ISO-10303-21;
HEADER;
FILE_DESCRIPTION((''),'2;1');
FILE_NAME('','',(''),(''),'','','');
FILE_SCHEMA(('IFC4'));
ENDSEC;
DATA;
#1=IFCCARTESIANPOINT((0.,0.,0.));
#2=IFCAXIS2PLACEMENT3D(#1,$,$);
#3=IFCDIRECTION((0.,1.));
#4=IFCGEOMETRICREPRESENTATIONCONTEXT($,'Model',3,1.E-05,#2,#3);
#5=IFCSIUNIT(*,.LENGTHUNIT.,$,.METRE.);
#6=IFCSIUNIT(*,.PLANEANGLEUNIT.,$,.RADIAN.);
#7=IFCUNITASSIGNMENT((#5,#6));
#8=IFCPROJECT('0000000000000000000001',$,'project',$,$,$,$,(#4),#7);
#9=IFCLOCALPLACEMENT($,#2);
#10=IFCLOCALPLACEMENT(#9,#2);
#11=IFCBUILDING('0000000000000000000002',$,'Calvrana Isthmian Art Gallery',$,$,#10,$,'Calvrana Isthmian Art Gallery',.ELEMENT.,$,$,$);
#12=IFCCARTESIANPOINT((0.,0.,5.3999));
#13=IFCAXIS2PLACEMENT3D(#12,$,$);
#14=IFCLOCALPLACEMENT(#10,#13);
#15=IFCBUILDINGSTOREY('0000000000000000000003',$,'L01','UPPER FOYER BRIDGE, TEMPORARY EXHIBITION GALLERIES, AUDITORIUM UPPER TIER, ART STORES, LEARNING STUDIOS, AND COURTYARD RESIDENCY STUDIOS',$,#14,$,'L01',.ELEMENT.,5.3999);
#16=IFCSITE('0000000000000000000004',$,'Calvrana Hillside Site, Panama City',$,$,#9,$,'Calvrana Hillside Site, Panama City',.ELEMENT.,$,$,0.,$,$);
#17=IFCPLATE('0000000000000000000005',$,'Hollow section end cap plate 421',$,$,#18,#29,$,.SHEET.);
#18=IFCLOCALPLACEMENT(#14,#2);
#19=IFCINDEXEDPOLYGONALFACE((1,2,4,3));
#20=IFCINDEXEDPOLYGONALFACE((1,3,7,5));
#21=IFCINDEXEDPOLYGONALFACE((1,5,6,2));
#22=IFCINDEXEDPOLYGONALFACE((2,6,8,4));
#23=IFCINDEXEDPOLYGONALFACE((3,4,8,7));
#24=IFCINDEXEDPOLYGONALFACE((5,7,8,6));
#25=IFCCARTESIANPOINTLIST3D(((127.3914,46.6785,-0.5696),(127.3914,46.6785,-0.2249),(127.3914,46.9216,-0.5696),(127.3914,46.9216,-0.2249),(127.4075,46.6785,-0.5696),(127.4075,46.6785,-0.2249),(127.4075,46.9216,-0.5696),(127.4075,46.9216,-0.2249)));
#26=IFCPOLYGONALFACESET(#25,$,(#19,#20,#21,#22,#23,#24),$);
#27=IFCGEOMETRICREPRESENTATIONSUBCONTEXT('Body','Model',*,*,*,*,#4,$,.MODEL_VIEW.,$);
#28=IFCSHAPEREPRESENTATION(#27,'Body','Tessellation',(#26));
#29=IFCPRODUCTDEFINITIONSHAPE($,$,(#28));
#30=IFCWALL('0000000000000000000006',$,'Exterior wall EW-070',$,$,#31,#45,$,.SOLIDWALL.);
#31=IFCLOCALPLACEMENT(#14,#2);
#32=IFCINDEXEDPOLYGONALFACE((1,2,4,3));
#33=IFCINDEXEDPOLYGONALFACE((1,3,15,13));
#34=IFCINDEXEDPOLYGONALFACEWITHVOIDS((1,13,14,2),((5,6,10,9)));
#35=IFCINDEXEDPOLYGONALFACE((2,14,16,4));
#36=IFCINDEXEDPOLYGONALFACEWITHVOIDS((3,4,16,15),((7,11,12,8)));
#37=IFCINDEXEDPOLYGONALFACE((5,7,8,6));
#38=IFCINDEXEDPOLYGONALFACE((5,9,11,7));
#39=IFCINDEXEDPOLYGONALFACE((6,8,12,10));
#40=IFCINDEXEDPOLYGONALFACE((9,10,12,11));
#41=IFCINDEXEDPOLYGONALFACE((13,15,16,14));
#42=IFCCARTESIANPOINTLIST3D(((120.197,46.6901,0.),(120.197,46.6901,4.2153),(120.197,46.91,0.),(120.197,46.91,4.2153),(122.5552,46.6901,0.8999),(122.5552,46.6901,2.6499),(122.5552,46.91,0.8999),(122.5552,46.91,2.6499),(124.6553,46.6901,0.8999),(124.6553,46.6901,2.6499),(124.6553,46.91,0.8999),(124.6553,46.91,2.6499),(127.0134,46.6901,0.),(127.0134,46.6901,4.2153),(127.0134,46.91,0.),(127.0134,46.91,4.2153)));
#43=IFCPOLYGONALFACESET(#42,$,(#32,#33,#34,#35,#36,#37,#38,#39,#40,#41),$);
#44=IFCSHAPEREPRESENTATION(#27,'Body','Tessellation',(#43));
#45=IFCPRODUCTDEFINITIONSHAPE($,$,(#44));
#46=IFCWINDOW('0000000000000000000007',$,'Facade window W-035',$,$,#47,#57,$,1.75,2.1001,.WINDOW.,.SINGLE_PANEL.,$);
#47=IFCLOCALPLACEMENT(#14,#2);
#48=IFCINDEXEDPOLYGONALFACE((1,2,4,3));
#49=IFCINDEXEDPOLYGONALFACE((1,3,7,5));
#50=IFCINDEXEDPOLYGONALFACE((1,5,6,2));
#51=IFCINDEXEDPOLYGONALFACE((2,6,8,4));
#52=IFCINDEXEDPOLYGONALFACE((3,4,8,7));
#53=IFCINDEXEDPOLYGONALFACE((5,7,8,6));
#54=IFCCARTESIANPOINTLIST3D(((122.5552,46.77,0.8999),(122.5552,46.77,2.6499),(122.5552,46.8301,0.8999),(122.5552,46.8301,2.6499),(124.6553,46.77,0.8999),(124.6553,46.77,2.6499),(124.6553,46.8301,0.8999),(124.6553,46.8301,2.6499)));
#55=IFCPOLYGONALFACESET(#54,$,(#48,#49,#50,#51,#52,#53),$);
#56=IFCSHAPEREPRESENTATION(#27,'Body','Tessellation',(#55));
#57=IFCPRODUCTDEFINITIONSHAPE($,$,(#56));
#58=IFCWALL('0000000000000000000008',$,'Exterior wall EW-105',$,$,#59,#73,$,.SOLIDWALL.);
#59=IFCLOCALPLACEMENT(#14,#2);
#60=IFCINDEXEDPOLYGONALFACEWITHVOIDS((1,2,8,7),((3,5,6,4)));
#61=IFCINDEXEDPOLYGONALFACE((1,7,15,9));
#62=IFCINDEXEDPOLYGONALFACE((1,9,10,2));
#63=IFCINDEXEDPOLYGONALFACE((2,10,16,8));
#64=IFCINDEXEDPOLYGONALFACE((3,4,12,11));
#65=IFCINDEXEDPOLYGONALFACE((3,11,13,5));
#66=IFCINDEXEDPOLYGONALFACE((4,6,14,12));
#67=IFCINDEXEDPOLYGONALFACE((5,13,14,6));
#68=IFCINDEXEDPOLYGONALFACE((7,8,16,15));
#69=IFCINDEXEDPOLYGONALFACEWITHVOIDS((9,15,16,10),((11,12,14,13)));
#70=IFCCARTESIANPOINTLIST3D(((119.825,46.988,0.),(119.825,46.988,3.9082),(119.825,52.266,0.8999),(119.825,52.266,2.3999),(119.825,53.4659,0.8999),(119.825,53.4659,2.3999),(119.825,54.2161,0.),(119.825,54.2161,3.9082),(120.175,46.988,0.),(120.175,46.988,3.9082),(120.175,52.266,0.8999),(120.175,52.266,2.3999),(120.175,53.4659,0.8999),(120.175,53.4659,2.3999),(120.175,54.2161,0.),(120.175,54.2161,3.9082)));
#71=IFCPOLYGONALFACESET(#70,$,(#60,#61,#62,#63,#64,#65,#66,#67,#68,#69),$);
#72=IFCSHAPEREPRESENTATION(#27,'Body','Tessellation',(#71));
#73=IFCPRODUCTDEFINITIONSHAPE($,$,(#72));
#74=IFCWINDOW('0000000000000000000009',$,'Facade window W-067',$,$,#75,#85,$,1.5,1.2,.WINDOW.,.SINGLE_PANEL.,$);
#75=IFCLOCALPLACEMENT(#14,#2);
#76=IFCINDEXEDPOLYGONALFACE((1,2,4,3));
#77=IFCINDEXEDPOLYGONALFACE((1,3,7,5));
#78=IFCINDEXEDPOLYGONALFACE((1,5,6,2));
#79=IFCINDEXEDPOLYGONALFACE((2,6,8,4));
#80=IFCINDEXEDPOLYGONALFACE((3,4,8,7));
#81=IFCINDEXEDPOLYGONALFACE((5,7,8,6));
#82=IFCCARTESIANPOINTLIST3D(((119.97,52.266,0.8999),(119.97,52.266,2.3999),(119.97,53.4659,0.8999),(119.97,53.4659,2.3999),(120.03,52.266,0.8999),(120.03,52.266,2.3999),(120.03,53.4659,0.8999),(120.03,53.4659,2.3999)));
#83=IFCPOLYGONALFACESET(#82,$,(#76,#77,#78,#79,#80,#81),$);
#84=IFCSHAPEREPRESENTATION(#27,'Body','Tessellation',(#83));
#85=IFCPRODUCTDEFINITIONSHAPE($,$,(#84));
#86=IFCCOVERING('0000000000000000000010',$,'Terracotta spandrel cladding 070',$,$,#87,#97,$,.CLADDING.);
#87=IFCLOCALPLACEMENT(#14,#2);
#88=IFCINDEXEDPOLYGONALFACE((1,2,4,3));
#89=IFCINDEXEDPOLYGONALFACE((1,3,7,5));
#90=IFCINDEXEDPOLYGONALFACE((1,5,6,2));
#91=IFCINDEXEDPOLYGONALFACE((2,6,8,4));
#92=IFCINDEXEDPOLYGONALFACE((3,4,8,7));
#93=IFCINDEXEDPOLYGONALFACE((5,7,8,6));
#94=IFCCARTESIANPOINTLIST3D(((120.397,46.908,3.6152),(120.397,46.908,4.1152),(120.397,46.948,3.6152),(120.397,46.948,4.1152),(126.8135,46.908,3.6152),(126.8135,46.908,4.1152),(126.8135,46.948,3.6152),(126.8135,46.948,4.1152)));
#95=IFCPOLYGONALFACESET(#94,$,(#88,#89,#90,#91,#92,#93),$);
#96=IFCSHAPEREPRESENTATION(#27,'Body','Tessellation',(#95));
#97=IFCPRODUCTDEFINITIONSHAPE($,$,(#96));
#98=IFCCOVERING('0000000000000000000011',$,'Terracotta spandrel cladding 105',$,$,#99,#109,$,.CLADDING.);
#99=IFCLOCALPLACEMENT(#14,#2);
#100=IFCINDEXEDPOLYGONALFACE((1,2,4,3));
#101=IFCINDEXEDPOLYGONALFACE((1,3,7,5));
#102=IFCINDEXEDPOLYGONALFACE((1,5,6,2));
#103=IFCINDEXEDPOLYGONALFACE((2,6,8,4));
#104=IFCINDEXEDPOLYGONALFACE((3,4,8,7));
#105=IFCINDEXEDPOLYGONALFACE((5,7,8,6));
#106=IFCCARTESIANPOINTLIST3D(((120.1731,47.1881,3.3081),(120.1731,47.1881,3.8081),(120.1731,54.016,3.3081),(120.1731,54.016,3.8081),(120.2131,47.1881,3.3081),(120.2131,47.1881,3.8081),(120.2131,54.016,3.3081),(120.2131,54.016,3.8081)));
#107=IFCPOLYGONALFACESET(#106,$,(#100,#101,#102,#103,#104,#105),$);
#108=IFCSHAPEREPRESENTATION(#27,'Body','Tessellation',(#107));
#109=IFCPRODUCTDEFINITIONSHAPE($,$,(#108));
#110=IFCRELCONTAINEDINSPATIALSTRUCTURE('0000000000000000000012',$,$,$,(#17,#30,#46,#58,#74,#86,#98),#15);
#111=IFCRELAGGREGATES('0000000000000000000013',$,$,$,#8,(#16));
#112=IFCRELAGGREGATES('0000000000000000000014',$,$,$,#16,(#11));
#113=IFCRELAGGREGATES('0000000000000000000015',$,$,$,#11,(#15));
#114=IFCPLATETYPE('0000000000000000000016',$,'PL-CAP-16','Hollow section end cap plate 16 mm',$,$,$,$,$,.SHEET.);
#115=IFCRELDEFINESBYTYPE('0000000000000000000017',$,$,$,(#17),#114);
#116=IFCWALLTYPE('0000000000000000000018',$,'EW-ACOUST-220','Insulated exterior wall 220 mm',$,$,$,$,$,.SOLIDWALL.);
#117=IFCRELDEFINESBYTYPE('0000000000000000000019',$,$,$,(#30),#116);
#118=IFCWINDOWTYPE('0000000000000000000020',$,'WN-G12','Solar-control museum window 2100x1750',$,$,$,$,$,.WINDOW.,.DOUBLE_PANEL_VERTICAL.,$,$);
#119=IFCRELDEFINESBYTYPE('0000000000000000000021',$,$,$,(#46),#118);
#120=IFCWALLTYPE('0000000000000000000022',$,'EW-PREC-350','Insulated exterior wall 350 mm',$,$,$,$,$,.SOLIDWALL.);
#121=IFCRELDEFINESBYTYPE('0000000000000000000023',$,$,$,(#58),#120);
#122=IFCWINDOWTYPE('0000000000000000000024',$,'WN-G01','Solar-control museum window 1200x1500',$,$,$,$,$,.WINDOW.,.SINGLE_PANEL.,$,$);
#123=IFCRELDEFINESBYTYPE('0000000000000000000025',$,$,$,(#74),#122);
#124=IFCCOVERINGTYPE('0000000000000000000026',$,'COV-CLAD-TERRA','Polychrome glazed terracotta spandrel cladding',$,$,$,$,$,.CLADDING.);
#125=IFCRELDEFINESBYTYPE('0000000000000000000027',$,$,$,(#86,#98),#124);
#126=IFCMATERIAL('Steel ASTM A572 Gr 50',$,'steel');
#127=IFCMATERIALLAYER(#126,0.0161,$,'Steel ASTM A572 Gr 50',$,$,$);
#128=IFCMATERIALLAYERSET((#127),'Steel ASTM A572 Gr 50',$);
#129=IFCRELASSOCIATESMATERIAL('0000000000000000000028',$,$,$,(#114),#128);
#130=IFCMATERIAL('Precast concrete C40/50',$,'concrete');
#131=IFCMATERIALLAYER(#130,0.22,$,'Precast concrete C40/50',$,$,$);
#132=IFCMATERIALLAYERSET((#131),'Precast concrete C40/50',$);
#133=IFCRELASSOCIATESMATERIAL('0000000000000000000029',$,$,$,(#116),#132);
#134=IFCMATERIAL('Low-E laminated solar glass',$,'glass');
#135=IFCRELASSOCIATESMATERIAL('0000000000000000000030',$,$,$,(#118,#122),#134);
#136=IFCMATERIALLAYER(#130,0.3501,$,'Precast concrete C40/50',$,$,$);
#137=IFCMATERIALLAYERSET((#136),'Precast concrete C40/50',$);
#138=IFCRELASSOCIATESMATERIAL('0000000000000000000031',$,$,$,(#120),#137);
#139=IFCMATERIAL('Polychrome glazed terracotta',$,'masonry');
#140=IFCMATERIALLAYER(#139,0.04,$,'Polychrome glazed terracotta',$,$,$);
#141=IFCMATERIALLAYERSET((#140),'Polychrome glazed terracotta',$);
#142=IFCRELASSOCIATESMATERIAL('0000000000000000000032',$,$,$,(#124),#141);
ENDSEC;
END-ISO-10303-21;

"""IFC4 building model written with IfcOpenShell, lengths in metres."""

from ifc_helpers import new_model, si_unit, direction, frame, frame_2d, origin, origin_2d, place, context, subcontext, project, spatial, rectangle, extrude, material, layer, layer_set, type_object, element, fill, save


model = new_model("IFC4")

# Units and contexts
model_context = context("Model", 3, precision=1e-05, world=origin(), true_north=direction((0.0, 1.0)))
body_context = subcontext(model_context, "Body", "Model", "MODEL_VIEW")
ifc_project = project(units=[si_unit("LENGTHUNIT", "METRE"), si_unit("PLANEANGLEUNIT", "RADIAN")], contexts=[model_context])

# Site, building, storey
site_placement = place(None, origin())
site = spatial("IfcSite", under=ifc_project, at=site_placement, Name="Calvrana Hillside Site, Panama City", LongName="Calvrana Hillside Site, Panama City", CompositionType="ELEMENT", RefElevation=0.0)
building_placement = place(site_placement, origin())
building = spatial("IfcBuilding", under=site, at=building_placement, Name="Calvrana Isthmian Art Gallery", LongName="Calvrana Isthmian Art Gallery", CompositionType="ELEMENT")
storey_placement = place(building_placement, frame((0.0, 0.0, 5.3999)))
storey = spatial("IfcBuildingStorey", under=building, at=storey_placement, Name="L01", Description="UPPER FOYER BRIDGE, TEMPORARY EXHIBITION GALLERIES, AUDITORIUM UPPER TIER, ART STORES, LEARNING STUDIOS, AND COURTYARD RESIDENCY STUDIOS", LongName="L01", CompositionType="ELEMENT", Elevation=5.3999)

# Plate
ifc_material_1 = material(Name="Low-E laminated solar glass", Category="glass")
ifc_material_2 = material(Name="Steel ASTM A572 Gr 50", Category="steel")
ifc_layer_1 = layer(ifc_material_2, 0.0161, Name="Steel ASTM A572 Gr 50")
ifc_layer_set_1 = layer_set([ifc_layer_1], Name="Steel ASTM A572 Gr 50")
plate_type_1 = type_object("IfcPlateType", Name="PL-CAP-16", Description="Hollow section end cap plate 16 mm", PredefinedType="SHEET", material=ifc_layer_set_1)
plate_1_placement = place(storey_placement, frame((127.3994, 46.8, -0.5696), z_axis=(0.0, 0.0, 1.0), x_axis=(1.0, 0.0, 0.0)))
element("IfcPlate", 1, at=plate_1_placement, inside=storey, type_object=plate_type_1, Name="Hollow section end cap plate 421", PredefinedType="SHEET", context=body_context, shape_type="SweptSolid", body=[
    extrude(rectangle(XDim=0.0161, YDim=0.2432, at=origin_2d()), origin(), (0.0, 0.0, 1.0), 0.3447),
])

# Walls, openings, windows
ifc_material_3 = material(Name="Precast concrete C40/50", Category="concrete")
ifc_layer_2 = layer(ifc_material_3, 0.22, Name="Precast concrete C40/50")
ifc_layer_set_2 = layer_set([ifc_layer_2], Name="Precast concrete C40/50")
wall_type_1 = type_object("IfcWallType", Name="EW-ACOUST-220", Description="Insulated exterior wall 220 mm", PredefinedType="SOLIDWALL", material=ifc_layer_set_2)
wall_1_placement = place(storey_placement, frame((120.197, 46.8, 0.0), z_axis=(0.0, 0.0, 1.0), x_axis=(1.0, 0.0, 0.0)))
wall_1 = element("IfcWall", 2, at=wall_1_placement, inside=storey, type_object=wall_type_1, Name="Exterior wall EW-070", PredefinedType="SOLIDWALL", context=body_context, shape_type="SweptSolid", body=[
    extrude(rectangle(XDim=6.8164, YDim=0.22, at=frame_2d((3.4082, 0.0))), origin(), (0.0, 0.0, 1.0), 4.2153),
])
opening_1_placement = place(wall_1_placement, frame((2.3582, 0.0, 0.8999)))
opening_1 = element("IfcOpeningElement", 3, at=opening_1_placement, cuts=wall_1, PredefinedType="OPENING", context=body_context, shape_type="SweptSolid", body=[
    extrude(rectangle(XDim=2.1001, YDim=1.75, at=frame_2d((1.05, 0.875))), frame((0.0, 0.1201, 0.0), z_axis=(0.0, -1.0, 0.0), x_axis=(1.0, 0.0, 0.0)), (0.0, 0.0, 1.0), 0.2405),
])
window_type_1 = type_object("IfcWindowType", Name="WN-G12", Description="Solar-control museum window 2100x1750", PartitioningType="DOUBLE_PANEL_VERTICAL", PredefinedType="WINDOW", material=ifc_material_1)
window_1_placement = place(opening_1_placement, origin())
window_1 = element("IfcWindow", 4, at=window_1_placement, inside=storey, type_object=window_type_1, Name="Facade window W-035", OverallHeight=1.75, OverallWidth=2.1001, PartitioningType="SINGLE_PANEL", PredefinedType="WINDOW", context=body_context, shape_type="SweptSolid", body=[
    extrude(rectangle(XDim=2.1001, YDim=1.75, at=frame_2d((1.05, 0.875))), frame((0.0, 0.03, 0.0), z_axis=(0.0, -1.0, 0.0), x_axis=(1.0, 0.0, 0.0)), (0.0, 0.0, 1.0), 0.0601),
])
fill(opening_1, window_1)
ifc_layer_3 = layer(ifc_material_3, 0.3501, Name="Precast concrete C40/50")
ifc_layer_set_3 = layer_set([ifc_layer_3], Name="Precast concrete C40/50")
wall_type_2 = type_object("IfcWallType", Name="EW-PREC-350", Description="Insulated exterior wall 350 mm", PredefinedType="SOLIDWALL", material=ifc_layer_set_3)
wall_2_placement = place(storey_placement, frame((120.0, 54.2161, 0.0), z_axis=(0.0, 0.0, 1.0), x_axis=(0.0, -1.0, 0.0)))
wall_2 = element("IfcWall", 5, at=wall_2_placement, inside=storey, type_object=wall_type_2, Name="Exterior wall EW-105", PredefinedType="SOLIDWALL", context=body_context, shape_type="SweptSolid", body=[
    extrude(rectangle(XDim=7.228, YDim=0.3501, at=frame_2d((3.614, 0.0))), origin(), (0.0, 0.0, 1.0), 3.9082),
])
opening_2_placement = place(wall_2_placement, frame((0.75, 0.0, 0.8999)))
opening_2 = element("IfcOpeningElement", 6, at=opening_2_placement, cuts=wall_2, PredefinedType="OPENING", context=body_context, shape_type="SweptSolid", body=[
    extrude(rectangle(XDim=1.2, YDim=1.5, at=frame_2d((0.6001, 0.75))), frame((0.0, 0.1853, 0.0), z_axis=(0.0, -1.0, 0.0), x_axis=(1.0, 0.0, 0.0)), (0.0, 0.0, 1.0), 0.3706),
])
window_type_2 = type_object("IfcWindowType", Name="WN-G01", Description="Solar-control museum window 1200x1500", PartitioningType="SINGLE_PANEL", PredefinedType="WINDOW", material=ifc_material_1)
window_2_placement = place(opening_2_placement, origin())
window_2 = element("IfcWindow", 7, at=window_2_placement, inside=storey, type_object=window_type_2, Name="Facade window W-067", OverallHeight=1.5, OverallWidth=1.2, PartitioningType="SINGLE_PANEL", PredefinedType="WINDOW", context=body_context, shape_type="SweptSolid", body=[
    extrude(rectangle(XDim=1.2, YDim=1.5, at=frame_2d((0.6001, 0.75))), frame((0.0, 0.03, 0.0), z_axis=(0.0, -1.0, 0.0), x_axis=(1.0, 0.0, 0.0)), (0.0, 0.0, 1.0), 0.0601),
])
fill(opening_2, window_2)

# Coverings
ifc_material_4 = material(Name="Polychrome glazed terracotta", Category="masonry")
ifc_layer_4 = layer(ifc_material_4, 0.04, Name="Polychrome glazed terracotta")
ifc_layer_set_4 = layer_set([ifc_layer_4], Name="Polychrome glazed terracotta")
covering_type = type_object("IfcCoveringType", Name="COV-CLAD-TERRA", Description="Polychrome glazed terracotta spandrel cladding", PredefinedType="CLADDING", material=ifc_layer_set_4)
covering_1_placement = place(storey_placement, frame((123.6052, 46.928, 3.6152), z_axis=(0.0, 0.0, 1.0), x_axis=(1.0, 0.0, 0.0)))
element("IfcCovering", 8, at=covering_1_placement, inside=storey, type_object=covering_type, Name="Terracotta spandrel cladding 070", PredefinedType="CLADDING", context=body_context, shape_type="SweptSolid", body=[
    extrude(rectangle(XDim=6.4165, YDim=0.04, at=origin_2d()), origin(), (0.0, 0.0, 1.0), 0.5),
])
covering_2_placement = place(storey_placement, frame((120.1931, 50.6021, 3.3081), z_axis=(0.0, 0.0, 1.0), x_axis=(0.0, -1.0, 0.0)))
element("IfcCovering", 9, at=covering_2_placement, inside=storey, type_object=covering_type, Name="Terracotta spandrel cladding 105", PredefinedType="CLADDING", context=body_context, shape_type="SweptSolid", body=[
    extrude(rectangle(XDim=6.8279, YDim=0.04, at=origin_2d()), origin(), (0.0, 0.0, 1.0), 0.5),
])

save(model, "model.ifc")
